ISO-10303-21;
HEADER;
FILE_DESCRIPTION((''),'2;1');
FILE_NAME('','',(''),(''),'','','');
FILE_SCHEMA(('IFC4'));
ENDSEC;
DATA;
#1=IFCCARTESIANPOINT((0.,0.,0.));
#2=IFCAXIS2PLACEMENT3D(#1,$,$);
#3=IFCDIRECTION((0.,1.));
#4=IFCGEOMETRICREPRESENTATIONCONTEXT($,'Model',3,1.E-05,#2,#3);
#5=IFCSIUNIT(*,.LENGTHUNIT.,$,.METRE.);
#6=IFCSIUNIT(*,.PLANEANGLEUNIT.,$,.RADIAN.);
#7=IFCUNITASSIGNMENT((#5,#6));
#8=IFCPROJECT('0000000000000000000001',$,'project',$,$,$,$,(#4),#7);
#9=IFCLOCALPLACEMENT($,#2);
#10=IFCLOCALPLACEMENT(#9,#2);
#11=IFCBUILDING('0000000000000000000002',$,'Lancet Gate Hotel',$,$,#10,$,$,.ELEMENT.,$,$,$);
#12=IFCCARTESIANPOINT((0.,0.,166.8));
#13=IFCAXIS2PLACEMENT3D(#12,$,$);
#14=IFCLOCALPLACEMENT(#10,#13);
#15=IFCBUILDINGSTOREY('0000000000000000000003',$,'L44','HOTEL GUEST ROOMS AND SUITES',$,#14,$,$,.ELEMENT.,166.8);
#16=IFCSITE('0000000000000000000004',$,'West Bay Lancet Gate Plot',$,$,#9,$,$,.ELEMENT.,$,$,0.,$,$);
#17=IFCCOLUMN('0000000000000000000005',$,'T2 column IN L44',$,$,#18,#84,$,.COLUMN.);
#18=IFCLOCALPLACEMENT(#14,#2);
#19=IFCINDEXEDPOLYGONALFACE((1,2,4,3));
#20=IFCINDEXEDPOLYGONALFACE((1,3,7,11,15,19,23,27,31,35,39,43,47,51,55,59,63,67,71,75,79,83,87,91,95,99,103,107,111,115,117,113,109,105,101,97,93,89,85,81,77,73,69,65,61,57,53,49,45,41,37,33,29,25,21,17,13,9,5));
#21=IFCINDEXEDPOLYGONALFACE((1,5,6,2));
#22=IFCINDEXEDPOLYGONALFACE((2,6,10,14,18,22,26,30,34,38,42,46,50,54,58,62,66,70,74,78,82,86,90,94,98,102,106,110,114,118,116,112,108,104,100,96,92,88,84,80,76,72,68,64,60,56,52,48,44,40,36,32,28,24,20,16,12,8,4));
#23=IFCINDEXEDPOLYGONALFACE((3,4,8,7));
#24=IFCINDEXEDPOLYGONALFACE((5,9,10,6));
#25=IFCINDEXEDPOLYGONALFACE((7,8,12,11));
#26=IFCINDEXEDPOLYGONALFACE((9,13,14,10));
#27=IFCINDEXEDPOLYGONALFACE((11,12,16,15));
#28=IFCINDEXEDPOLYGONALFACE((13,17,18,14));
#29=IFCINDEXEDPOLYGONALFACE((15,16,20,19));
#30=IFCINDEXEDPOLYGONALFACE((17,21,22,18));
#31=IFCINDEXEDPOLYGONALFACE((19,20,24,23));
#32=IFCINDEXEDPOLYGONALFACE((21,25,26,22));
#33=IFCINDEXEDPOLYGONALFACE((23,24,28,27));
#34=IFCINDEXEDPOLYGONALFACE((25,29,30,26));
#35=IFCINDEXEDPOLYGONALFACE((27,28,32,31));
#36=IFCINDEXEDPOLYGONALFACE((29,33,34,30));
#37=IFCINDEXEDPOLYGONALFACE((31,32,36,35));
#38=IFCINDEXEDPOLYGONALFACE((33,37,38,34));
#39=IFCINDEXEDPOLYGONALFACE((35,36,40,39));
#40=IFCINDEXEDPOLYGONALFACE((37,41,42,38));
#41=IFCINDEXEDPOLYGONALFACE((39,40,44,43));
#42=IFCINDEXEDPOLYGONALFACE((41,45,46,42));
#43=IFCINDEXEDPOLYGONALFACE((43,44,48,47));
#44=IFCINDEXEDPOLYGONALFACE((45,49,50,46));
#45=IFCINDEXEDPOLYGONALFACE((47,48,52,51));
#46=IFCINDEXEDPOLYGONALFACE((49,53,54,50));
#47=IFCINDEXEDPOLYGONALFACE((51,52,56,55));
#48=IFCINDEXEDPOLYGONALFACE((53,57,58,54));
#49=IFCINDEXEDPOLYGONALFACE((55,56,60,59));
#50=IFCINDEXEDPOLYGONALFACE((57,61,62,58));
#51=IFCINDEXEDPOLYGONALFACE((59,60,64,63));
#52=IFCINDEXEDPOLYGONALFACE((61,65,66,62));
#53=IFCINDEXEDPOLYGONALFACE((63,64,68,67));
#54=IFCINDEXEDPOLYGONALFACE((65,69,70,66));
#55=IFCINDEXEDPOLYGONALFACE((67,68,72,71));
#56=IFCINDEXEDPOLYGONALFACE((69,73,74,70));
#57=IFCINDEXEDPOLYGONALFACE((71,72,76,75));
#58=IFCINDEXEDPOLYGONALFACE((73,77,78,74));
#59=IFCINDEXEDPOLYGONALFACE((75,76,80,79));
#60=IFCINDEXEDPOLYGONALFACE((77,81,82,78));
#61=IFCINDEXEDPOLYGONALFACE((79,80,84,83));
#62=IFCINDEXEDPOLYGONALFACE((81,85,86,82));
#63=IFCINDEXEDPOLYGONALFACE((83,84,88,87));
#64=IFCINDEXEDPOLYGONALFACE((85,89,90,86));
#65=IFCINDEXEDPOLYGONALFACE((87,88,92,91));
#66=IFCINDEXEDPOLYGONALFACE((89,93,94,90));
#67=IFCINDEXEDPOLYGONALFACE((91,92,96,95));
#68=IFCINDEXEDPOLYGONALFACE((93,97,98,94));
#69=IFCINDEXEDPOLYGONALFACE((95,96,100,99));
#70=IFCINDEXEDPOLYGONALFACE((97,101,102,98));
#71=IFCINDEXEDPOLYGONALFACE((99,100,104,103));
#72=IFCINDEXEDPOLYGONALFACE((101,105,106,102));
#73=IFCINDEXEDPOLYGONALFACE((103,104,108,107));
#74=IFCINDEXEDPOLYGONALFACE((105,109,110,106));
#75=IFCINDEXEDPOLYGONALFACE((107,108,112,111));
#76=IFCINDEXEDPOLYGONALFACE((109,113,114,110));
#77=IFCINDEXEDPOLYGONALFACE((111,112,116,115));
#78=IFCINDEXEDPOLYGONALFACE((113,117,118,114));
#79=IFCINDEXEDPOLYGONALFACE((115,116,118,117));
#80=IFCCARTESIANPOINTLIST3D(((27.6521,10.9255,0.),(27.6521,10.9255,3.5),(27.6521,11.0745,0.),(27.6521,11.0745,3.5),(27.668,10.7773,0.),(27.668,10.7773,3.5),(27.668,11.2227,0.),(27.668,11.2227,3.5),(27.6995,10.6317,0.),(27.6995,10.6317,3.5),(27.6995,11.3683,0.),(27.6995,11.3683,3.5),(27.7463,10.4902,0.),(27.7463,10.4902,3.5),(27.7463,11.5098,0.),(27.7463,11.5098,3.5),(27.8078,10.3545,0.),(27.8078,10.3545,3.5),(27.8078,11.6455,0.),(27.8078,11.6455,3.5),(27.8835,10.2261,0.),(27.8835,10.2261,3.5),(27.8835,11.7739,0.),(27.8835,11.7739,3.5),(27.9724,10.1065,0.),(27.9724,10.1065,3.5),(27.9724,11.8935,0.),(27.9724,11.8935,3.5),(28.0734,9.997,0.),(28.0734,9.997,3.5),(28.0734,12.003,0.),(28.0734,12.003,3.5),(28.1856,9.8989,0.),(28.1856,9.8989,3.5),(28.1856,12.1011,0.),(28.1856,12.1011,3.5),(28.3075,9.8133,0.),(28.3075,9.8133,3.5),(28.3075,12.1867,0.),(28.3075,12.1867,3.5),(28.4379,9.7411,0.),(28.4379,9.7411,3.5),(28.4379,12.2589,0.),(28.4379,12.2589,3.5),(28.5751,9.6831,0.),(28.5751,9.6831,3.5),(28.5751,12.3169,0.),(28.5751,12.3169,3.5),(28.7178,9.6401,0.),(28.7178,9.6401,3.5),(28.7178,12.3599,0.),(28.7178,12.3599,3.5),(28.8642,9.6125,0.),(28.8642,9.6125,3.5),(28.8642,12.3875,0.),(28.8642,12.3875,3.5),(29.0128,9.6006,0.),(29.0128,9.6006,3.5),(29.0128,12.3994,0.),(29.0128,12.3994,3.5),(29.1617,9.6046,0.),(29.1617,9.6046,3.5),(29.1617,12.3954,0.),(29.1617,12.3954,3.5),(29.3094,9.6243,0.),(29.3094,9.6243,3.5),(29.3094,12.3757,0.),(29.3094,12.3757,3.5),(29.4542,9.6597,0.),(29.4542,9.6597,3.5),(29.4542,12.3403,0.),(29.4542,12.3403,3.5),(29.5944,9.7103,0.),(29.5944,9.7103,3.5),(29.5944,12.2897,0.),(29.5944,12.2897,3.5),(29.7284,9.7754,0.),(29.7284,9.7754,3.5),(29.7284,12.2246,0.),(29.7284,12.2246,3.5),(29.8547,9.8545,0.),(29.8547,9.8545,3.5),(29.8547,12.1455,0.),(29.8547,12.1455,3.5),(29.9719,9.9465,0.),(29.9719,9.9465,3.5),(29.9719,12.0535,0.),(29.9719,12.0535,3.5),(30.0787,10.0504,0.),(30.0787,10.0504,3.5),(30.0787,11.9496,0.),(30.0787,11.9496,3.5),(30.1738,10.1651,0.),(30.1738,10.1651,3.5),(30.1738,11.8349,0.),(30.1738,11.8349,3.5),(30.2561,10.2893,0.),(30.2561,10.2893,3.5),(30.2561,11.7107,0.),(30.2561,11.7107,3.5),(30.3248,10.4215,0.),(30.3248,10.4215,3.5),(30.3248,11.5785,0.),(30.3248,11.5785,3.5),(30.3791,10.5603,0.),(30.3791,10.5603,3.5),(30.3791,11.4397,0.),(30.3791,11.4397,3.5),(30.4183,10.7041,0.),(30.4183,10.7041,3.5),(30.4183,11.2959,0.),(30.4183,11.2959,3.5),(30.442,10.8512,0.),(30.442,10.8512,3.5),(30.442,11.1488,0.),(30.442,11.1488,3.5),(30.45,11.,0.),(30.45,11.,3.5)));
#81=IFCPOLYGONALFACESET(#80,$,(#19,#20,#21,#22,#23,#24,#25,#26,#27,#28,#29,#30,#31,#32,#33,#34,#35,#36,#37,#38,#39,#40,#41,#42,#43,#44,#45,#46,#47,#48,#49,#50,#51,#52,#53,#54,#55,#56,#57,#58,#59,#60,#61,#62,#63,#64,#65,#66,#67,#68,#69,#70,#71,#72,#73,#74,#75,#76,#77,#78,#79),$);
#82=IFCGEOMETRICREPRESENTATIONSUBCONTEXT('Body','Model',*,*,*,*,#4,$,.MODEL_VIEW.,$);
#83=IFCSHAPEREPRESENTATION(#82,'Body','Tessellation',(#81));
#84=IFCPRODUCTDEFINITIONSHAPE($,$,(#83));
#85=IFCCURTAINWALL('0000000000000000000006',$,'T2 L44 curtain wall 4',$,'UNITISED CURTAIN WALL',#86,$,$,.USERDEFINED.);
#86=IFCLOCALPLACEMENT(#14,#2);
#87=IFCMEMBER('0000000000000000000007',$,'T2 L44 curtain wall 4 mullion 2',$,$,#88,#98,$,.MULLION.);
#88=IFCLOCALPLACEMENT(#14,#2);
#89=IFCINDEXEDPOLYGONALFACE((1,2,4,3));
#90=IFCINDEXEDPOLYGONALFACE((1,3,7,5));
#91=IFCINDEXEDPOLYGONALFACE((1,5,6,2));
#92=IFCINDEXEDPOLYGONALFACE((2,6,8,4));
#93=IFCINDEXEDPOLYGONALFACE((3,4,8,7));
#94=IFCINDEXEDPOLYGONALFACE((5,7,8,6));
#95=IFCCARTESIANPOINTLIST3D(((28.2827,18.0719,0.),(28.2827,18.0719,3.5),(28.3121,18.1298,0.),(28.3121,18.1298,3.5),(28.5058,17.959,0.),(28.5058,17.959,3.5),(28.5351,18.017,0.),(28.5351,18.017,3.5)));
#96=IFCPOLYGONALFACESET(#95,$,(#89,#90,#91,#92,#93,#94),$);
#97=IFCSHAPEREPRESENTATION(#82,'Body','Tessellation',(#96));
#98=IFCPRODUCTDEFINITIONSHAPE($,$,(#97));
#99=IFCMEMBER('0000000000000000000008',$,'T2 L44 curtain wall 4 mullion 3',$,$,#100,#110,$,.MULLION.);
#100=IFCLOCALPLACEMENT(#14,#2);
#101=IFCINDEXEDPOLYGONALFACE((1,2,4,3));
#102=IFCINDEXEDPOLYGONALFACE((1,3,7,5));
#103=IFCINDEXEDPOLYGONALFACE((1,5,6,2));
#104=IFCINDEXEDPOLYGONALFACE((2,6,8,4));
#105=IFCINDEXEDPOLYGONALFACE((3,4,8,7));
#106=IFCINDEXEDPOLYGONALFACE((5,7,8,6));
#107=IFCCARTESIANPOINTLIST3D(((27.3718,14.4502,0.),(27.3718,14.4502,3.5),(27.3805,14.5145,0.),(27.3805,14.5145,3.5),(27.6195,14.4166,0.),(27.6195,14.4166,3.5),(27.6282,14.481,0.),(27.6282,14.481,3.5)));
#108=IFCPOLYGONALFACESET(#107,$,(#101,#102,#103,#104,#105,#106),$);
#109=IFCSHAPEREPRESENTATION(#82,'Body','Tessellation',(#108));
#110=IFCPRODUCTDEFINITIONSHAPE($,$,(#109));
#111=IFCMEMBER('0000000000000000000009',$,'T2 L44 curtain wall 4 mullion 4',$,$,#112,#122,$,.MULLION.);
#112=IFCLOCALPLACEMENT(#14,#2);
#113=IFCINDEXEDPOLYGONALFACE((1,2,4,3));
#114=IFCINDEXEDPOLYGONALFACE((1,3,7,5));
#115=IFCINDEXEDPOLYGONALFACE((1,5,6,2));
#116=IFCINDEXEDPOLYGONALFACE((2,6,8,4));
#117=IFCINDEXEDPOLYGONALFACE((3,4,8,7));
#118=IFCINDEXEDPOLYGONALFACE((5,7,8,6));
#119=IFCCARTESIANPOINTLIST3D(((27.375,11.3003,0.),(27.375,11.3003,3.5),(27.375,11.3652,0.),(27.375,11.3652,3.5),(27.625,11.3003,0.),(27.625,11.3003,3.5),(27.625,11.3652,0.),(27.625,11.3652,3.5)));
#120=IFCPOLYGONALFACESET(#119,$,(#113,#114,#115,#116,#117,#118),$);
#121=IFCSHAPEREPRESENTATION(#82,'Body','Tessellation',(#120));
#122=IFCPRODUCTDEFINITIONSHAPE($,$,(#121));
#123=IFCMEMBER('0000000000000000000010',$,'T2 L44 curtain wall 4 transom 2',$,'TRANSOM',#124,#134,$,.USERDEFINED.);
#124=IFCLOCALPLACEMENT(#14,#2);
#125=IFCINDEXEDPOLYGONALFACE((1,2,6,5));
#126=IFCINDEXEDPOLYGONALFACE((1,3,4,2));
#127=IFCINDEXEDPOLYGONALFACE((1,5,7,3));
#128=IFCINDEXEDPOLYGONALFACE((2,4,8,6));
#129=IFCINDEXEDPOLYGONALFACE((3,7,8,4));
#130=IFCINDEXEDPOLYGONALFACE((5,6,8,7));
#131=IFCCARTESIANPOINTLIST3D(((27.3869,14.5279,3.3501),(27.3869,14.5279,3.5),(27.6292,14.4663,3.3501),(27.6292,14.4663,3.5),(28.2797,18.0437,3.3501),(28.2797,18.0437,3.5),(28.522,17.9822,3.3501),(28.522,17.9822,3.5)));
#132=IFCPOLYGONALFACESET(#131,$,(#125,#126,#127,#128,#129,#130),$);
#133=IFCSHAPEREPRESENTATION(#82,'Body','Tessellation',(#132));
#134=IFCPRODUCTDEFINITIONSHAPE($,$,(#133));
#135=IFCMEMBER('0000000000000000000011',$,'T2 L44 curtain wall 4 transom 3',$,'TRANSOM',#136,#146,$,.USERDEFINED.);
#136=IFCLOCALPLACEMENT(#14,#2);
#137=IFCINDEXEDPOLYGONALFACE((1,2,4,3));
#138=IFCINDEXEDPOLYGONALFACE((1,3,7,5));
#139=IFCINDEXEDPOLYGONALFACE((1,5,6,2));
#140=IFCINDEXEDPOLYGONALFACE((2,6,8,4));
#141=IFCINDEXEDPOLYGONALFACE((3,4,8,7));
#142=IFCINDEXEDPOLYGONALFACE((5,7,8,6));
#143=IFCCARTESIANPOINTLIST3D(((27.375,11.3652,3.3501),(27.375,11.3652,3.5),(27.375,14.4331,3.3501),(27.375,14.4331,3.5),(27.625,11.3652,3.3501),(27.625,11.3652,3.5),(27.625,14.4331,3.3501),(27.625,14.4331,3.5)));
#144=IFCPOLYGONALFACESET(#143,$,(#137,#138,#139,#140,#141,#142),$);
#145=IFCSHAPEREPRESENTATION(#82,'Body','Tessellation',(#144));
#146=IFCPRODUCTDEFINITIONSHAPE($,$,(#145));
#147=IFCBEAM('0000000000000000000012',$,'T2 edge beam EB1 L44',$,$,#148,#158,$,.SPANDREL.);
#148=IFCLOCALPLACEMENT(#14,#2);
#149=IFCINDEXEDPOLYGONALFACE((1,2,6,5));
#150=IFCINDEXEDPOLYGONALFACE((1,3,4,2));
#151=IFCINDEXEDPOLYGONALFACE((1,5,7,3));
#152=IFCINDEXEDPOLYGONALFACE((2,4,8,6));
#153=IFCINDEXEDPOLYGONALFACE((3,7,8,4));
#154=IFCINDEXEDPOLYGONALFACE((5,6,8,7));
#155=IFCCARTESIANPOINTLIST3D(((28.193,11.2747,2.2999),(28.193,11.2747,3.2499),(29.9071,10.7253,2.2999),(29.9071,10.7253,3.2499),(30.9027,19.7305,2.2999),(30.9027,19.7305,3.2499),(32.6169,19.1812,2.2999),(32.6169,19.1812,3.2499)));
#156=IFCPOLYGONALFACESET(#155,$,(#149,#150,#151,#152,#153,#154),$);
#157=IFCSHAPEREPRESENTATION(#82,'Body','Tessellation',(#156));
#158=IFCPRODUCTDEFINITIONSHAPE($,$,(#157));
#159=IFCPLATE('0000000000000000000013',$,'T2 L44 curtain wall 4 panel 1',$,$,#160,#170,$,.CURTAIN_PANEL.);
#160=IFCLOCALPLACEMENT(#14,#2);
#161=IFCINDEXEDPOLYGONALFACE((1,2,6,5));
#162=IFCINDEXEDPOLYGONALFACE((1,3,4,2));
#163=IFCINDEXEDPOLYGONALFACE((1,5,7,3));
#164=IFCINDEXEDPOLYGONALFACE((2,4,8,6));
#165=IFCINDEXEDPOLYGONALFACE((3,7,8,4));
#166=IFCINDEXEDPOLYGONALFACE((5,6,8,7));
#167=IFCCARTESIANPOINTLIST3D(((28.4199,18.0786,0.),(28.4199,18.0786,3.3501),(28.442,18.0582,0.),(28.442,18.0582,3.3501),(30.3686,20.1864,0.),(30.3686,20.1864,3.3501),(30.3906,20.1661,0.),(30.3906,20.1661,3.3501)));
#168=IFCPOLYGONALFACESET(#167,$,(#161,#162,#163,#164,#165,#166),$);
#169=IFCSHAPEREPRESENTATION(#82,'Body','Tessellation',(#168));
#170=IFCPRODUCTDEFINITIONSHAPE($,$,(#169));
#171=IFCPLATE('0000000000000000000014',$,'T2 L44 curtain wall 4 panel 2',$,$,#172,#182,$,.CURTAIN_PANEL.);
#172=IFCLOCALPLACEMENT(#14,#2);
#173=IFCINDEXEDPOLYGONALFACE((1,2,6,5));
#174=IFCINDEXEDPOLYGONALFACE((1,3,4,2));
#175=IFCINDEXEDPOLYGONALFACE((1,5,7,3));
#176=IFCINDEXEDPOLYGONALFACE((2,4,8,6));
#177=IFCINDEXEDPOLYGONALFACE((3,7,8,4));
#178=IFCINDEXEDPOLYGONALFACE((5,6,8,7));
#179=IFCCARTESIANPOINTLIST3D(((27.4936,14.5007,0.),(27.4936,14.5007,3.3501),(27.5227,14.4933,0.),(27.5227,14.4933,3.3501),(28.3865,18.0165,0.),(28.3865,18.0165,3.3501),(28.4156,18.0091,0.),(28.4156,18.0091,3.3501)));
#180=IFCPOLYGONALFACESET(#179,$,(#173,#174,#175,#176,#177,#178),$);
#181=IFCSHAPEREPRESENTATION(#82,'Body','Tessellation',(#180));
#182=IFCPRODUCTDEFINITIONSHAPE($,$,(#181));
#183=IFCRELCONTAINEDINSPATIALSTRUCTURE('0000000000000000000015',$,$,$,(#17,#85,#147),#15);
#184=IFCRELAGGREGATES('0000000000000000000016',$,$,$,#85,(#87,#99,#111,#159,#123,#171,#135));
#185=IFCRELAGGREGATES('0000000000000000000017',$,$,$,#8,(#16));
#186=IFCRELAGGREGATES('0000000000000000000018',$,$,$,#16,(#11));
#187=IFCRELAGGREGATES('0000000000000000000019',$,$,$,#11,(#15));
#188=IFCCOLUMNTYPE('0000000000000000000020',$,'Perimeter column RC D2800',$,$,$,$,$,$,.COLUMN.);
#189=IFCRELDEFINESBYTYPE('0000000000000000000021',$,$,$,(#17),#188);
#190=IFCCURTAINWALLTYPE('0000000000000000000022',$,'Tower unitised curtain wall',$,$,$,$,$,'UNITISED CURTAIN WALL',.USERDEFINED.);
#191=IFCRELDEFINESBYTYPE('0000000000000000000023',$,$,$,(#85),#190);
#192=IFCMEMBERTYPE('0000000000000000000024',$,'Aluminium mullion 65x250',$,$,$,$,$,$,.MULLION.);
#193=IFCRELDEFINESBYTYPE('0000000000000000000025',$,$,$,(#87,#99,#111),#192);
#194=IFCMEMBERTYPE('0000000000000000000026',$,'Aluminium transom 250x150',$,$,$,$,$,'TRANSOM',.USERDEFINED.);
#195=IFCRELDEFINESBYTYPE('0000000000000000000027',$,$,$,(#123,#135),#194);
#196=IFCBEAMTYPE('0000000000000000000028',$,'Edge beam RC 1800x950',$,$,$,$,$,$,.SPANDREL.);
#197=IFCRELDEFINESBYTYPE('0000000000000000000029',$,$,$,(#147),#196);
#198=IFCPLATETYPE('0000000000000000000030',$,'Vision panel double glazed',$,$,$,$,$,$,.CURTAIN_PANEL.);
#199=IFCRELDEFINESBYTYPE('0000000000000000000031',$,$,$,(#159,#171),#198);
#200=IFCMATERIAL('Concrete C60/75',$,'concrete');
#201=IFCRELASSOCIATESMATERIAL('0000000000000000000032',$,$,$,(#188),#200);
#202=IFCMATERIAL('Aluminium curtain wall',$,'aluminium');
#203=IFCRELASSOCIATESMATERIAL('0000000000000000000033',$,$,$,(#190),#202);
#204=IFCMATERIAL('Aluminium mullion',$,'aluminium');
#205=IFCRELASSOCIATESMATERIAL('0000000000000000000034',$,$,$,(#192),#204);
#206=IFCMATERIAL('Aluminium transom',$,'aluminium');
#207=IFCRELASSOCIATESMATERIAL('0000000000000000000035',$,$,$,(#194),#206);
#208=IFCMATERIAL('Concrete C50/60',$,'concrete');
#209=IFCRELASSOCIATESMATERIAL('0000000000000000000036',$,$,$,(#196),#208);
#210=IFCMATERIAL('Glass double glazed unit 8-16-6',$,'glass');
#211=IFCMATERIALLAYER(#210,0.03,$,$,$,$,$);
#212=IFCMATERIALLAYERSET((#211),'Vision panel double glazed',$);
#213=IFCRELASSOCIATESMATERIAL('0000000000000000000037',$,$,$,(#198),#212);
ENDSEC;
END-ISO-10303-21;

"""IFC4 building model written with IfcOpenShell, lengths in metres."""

from ifc_helpers import new_model, si_unit, direction, frame, origin, origin_2d, place, context, subcontext, project, spatial, rectangle, circle, extrude, material, layer, layer_set, material_profile, profile_set, type_object, element, aggregate, save


model = new_model("IFC4")

# Units and contexts
model_context = context("Model", 3, precision=1e-05, world=origin(), true_north=direction((0.0, 1.0)))
body_context = subcontext(model_context, "Body", "Model", "MODEL_VIEW")
ifc_project = project(units=[si_unit("LENGTHUNIT", "METRE"), si_unit("PLANEANGLEUNIT", "RADIAN")], contexts=[model_context])

# Site, building, storey
site_placement = place(None, origin())
site = spatial("IfcSite", under=ifc_project, at=site_placement, Name="West Bay Lancet Gate Plot", CompositionType="ELEMENT", RefElevation=0.0)
building_placement = place(site_placement, origin())
building = spatial("IfcBuilding", under=site, at=building_placement, Name="Lancet Gate Hotel", CompositionType="ELEMENT")
storey_placement = place(building_placement, frame((0.0, 0.0, 166.8)))
storey = spatial("IfcBuildingStorey", under=building, at=storey_placement, Name="L44", Description="HOTEL GUEST ROOMS AND SUITES", CompositionType="ELEMENT", Elevation=166.8)

# Column
ifc_material_1 = material(Name="Concrete C60/75", Category="concrete")
ifc_material_profile_1 = material_profile(ifc_material_1, circle(Radius=1.3999, at=origin_2d()), Name="RC D2800")
ifc_profile_set_1 = profile_set([ifc_material_profile_1], Name="Concrete C60/75")
column_type = type_object("IfcColumnType", Name="Perimeter column RC D2800", PredefinedType="COLUMN", material=ifc_profile_set_1)
column_placement = place(storey_placement, frame((29.05, 11.0, 0.0), z_axis=(0.0, 0.0, 1.0), x_axis=(1.0, 0.0, 0.0)))
element("IfcColumn", 1, at=column_placement, inside=storey, type_object=column_type, Name="T2 column IN L44", PredefinedType="COLUMN", context=body_context, shape_type="SweptSolid", body=[
    extrude(circle(Radius=1.3999, at=origin_2d()), origin(), (0.0, 0.0, 1.0), 3.5),
])

# Curtain wall, members
ifc_material_2 = material(Name="Aluminium curtain wall", Category="aluminium")
curtain_wall_type = type_object("IfcCurtainWallType", Name="Tower unitised curtain wall", ElementType="UNITISED CURTAIN WALL", PredefinedType="USERDEFINED", material=ifc_material_2)
curtain_wall_placement = place(storey_placement, origin())
curtain_wall = element("IfcCurtainWall", 2, at=curtain_wall_placement, inside=storey, type_object=curtain_wall_type, Name="T2 L44 curtain wall 4", ObjectType="UNITISED CURTAIN WALL", PredefinedType="USERDEFINED")
ifc_material_3 = material(Name="Aluminium mullion", Category="aluminium")
ifc_material_profile_2 = material_profile(ifc_material_3, rectangle(XDim=0.0649, YDim=0.25, at=origin_2d()), Name="MULLION 65x250")
ifc_profile_set_2 = profile_set([ifc_material_profile_2], Name="Aluminium mullion")
member_type_1 = type_object("IfcMemberType", Name="Aluminium mullion 65x250", PredefinedType="MULLION", material=ifc_profile_set_2)
member_1_placement = place(storey_placement, frame((28.4089, 18.0444, 0.0), z_axis=(0.0, 0.0, 1.0), x_axis=(-0.451506, -0.892268, 0.0)))
member_1 = element("IfcMember", 3, at=member_1_placement, type_object=member_type_1, Name="T2 L44 curtain wall 4 mullion 2", PredefinedType="MULLION", context=body_context, shape_type="SweptSolid", body=[
    extrude(rectangle(XDim=0.0649, YDim=0.25, at=origin_2d()), origin(), (0.0, 0.0, 1.0), 3.5),
])
member_2_placement = place(storey_placement, frame((27.5, 14.4656, 0.0), z_axis=(0.0, 0.0, 1.0), x_axis=(-0.134207, -0.990953, 0.0)))
member_2 = element("IfcMember", 4, at=member_2_placement, type_object=member_type_1, Name="T2 L44 curtain wall 4 mullion 3", PredefinedType="MULLION", context=body_context, shape_type="SweptSolid", body=[
    extrude(rectangle(XDim=0.0649, YDim=0.25, at=origin_2d()), origin(), (0.0, 0.0, 1.0), 3.5),
])
member_3_placement = place(storey_placement, frame((27.5, 11.3328, 0.0), z_axis=(0.0, 0.0, 1.0), x_axis=(0.0, -1.0, 0.0)))
member_3 = element("IfcMember", 5, at=member_3_placement, type_object=member_type_1, Name="T2 L44 curtain wall 4 mullion 4", PredefinedType="MULLION", context=body_context, shape_type="SweptSolid", body=[
    extrude(rectangle(XDim=0.0649, YDim=0.25, at=origin_2d()), origin(), (0.0, 0.0, 1.0), 3.5),
])
ifc_material_4 = material(Name="Aluminium transom", Category="aluminium")
ifc_material_profile_3 = material_profile(ifc_material_4, rectangle(XDim=0.25, YDim=0.1499, at=origin_2d()), Name="TRANSOM 250x150")
ifc_profile_set_3 = profile_set([ifc_material_profile_3], Name="Aluminium transom")
member_type_2 = type_object("IfcMemberType", Name="Aluminium transom 250x150", ElementType="TRANSOM", PredefinedType="USERDEFINED", material=ifc_profile_set_3)
member_4_placement = place(storey_placement, frame((28.4009, 18.0129, 3.425), z_axis=(-0.246129, -0.969237, 0.0), x_axis=(0.969237, -0.246129, 0.0)))
member_4 = element("IfcMember", 6, at=member_4_placement, type_object=member_type_2, Name="T2 L44 curtain wall 4 transom 2", ObjectType="TRANSOM", PredefinedType="USERDEFINED", context=body_context, shape_type="SweptSolid", body=[
    extrude(rectangle(XDim=0.25, YDim=0.1499, at=origin_2d()), origin(), (0.0, 0.0, 1.0), 3.6274),
])
member_5_placement = place(storey_placement, frame((27.5, 14.4331, 3.425), z_axis=(0.0, -1.0, 0.0), x_axis=(1.0, 0.0, 0.0)))
member_5 = element("IfcMember", 7, at=member_5_placement, type_object=member_type_2, Name="T2 L44 curtain wall 4 transom 3", ObjectType="TRANSOM", PredefinedType="USERDEFINED", context=body_context, shape_type="SweptSolid", body=[
    extrude(rectangle(XDim=0.25, YDim=0.1499, at=origin_2d()), origin(), (0.0, 0.0, 1.0), 3.0679),
])

# Beam
ifc_material_5 = material(Name="Concrete C50/60", Category="concrete")
ifc_material_profile_4 = material_profile(ifc_material_5, rectangle(XDim=1.8, YDim=0.95, at=origin_2d()), Name="RC 1800x950")
ifc_profile_set_4 = profile_set([ifc_material_profile_4], Name="Concrete C50/60")
beam_type = type_object("IfcBeamType", Name="Edge beam RC 1800x950", PredefinedType="SPANDREL", material=ifc_profile_set_4)
beam_placement = place(storey_placement, frame((29.05, 11.0, 2.7749), z_axis=(0.30517, 0.952298, 0.0), x_axis=(-0.952298, 0.30517, 0.0)))
element("IfcBeam", 8, at=beam_placement, inside=storey, type_object=beam_type, Name="T2 edge beam EB1 L44", PredefinedType="SPANDREL", context=body_context, shape_type="SweptSolid", body=[
    extrude(rectangle(XDim=1.8, YDim=0.95, at=origin_2d()), origin(), (0.0, 0.0, 1.0), 8.8794),
])

# Plates
ifc_material_6 = material(Name="Glass double glazed unit 8-16-6", Category="glass")
ifc_layer_1 = layer(ifc_material_6, 0.03)
ifc_layer_set_1 = layer_set([ifc_layer_1], Name="Vision panel double glazed")
plate_type = type_object("IfcPlateType", Name="Vision panel double glazed", PredefinedType="CURTAIN_PANEL", material=ifc_layer_set_1)
plate_1_placement = place(storey_placement, frame((29.4053, 19.1223, 0.0), z_axis=(0.0, 0.0, 1.0), x_axis=(-0.678831, -0.734294, 0.0)))
plate_1 = element("IfcPlate", 9, at=plate_1_placement, type_object=plate_type, Name="T2 L44 curtain wall 4 panel 1", PredefinedType="CURTAIN_PANEL", context=body_context, shape_type="SweptSolid", body=[
    extrude(rectangle(XDim=2.8706, YDim=0.03, at=origin_2d()), origin(), (0.0, 0.0, 1.0), 3.3501),
])
plate_2_placement = place(storey_placement, frame((27.9546, 16.2549, 0.0), z_axis=(0.0, 0.0, 1.0), x_axis=(-0.246167, -0.969228, 0.0)))
plate_2 = element("IfcPlate", 10, at=plate_2_placement, type_object=plate_type, Name="T2 L44 curtain wall 4 panel 2", PredefinedType="CURTAIN_PANEL", context=body_context, shape_type="SweptSolid", body=[
    extrude(rectangle(XDim=3.6274, YDim=0.03, at=origin_2d()), origin(), (0.0, 0.0, 1.0), 3.3501),
])
aggregate(curtain_wall, [member_1, member_2, member_3, plate_1, member_4, plate_2, member_5])

save(model, "model.ifc")
